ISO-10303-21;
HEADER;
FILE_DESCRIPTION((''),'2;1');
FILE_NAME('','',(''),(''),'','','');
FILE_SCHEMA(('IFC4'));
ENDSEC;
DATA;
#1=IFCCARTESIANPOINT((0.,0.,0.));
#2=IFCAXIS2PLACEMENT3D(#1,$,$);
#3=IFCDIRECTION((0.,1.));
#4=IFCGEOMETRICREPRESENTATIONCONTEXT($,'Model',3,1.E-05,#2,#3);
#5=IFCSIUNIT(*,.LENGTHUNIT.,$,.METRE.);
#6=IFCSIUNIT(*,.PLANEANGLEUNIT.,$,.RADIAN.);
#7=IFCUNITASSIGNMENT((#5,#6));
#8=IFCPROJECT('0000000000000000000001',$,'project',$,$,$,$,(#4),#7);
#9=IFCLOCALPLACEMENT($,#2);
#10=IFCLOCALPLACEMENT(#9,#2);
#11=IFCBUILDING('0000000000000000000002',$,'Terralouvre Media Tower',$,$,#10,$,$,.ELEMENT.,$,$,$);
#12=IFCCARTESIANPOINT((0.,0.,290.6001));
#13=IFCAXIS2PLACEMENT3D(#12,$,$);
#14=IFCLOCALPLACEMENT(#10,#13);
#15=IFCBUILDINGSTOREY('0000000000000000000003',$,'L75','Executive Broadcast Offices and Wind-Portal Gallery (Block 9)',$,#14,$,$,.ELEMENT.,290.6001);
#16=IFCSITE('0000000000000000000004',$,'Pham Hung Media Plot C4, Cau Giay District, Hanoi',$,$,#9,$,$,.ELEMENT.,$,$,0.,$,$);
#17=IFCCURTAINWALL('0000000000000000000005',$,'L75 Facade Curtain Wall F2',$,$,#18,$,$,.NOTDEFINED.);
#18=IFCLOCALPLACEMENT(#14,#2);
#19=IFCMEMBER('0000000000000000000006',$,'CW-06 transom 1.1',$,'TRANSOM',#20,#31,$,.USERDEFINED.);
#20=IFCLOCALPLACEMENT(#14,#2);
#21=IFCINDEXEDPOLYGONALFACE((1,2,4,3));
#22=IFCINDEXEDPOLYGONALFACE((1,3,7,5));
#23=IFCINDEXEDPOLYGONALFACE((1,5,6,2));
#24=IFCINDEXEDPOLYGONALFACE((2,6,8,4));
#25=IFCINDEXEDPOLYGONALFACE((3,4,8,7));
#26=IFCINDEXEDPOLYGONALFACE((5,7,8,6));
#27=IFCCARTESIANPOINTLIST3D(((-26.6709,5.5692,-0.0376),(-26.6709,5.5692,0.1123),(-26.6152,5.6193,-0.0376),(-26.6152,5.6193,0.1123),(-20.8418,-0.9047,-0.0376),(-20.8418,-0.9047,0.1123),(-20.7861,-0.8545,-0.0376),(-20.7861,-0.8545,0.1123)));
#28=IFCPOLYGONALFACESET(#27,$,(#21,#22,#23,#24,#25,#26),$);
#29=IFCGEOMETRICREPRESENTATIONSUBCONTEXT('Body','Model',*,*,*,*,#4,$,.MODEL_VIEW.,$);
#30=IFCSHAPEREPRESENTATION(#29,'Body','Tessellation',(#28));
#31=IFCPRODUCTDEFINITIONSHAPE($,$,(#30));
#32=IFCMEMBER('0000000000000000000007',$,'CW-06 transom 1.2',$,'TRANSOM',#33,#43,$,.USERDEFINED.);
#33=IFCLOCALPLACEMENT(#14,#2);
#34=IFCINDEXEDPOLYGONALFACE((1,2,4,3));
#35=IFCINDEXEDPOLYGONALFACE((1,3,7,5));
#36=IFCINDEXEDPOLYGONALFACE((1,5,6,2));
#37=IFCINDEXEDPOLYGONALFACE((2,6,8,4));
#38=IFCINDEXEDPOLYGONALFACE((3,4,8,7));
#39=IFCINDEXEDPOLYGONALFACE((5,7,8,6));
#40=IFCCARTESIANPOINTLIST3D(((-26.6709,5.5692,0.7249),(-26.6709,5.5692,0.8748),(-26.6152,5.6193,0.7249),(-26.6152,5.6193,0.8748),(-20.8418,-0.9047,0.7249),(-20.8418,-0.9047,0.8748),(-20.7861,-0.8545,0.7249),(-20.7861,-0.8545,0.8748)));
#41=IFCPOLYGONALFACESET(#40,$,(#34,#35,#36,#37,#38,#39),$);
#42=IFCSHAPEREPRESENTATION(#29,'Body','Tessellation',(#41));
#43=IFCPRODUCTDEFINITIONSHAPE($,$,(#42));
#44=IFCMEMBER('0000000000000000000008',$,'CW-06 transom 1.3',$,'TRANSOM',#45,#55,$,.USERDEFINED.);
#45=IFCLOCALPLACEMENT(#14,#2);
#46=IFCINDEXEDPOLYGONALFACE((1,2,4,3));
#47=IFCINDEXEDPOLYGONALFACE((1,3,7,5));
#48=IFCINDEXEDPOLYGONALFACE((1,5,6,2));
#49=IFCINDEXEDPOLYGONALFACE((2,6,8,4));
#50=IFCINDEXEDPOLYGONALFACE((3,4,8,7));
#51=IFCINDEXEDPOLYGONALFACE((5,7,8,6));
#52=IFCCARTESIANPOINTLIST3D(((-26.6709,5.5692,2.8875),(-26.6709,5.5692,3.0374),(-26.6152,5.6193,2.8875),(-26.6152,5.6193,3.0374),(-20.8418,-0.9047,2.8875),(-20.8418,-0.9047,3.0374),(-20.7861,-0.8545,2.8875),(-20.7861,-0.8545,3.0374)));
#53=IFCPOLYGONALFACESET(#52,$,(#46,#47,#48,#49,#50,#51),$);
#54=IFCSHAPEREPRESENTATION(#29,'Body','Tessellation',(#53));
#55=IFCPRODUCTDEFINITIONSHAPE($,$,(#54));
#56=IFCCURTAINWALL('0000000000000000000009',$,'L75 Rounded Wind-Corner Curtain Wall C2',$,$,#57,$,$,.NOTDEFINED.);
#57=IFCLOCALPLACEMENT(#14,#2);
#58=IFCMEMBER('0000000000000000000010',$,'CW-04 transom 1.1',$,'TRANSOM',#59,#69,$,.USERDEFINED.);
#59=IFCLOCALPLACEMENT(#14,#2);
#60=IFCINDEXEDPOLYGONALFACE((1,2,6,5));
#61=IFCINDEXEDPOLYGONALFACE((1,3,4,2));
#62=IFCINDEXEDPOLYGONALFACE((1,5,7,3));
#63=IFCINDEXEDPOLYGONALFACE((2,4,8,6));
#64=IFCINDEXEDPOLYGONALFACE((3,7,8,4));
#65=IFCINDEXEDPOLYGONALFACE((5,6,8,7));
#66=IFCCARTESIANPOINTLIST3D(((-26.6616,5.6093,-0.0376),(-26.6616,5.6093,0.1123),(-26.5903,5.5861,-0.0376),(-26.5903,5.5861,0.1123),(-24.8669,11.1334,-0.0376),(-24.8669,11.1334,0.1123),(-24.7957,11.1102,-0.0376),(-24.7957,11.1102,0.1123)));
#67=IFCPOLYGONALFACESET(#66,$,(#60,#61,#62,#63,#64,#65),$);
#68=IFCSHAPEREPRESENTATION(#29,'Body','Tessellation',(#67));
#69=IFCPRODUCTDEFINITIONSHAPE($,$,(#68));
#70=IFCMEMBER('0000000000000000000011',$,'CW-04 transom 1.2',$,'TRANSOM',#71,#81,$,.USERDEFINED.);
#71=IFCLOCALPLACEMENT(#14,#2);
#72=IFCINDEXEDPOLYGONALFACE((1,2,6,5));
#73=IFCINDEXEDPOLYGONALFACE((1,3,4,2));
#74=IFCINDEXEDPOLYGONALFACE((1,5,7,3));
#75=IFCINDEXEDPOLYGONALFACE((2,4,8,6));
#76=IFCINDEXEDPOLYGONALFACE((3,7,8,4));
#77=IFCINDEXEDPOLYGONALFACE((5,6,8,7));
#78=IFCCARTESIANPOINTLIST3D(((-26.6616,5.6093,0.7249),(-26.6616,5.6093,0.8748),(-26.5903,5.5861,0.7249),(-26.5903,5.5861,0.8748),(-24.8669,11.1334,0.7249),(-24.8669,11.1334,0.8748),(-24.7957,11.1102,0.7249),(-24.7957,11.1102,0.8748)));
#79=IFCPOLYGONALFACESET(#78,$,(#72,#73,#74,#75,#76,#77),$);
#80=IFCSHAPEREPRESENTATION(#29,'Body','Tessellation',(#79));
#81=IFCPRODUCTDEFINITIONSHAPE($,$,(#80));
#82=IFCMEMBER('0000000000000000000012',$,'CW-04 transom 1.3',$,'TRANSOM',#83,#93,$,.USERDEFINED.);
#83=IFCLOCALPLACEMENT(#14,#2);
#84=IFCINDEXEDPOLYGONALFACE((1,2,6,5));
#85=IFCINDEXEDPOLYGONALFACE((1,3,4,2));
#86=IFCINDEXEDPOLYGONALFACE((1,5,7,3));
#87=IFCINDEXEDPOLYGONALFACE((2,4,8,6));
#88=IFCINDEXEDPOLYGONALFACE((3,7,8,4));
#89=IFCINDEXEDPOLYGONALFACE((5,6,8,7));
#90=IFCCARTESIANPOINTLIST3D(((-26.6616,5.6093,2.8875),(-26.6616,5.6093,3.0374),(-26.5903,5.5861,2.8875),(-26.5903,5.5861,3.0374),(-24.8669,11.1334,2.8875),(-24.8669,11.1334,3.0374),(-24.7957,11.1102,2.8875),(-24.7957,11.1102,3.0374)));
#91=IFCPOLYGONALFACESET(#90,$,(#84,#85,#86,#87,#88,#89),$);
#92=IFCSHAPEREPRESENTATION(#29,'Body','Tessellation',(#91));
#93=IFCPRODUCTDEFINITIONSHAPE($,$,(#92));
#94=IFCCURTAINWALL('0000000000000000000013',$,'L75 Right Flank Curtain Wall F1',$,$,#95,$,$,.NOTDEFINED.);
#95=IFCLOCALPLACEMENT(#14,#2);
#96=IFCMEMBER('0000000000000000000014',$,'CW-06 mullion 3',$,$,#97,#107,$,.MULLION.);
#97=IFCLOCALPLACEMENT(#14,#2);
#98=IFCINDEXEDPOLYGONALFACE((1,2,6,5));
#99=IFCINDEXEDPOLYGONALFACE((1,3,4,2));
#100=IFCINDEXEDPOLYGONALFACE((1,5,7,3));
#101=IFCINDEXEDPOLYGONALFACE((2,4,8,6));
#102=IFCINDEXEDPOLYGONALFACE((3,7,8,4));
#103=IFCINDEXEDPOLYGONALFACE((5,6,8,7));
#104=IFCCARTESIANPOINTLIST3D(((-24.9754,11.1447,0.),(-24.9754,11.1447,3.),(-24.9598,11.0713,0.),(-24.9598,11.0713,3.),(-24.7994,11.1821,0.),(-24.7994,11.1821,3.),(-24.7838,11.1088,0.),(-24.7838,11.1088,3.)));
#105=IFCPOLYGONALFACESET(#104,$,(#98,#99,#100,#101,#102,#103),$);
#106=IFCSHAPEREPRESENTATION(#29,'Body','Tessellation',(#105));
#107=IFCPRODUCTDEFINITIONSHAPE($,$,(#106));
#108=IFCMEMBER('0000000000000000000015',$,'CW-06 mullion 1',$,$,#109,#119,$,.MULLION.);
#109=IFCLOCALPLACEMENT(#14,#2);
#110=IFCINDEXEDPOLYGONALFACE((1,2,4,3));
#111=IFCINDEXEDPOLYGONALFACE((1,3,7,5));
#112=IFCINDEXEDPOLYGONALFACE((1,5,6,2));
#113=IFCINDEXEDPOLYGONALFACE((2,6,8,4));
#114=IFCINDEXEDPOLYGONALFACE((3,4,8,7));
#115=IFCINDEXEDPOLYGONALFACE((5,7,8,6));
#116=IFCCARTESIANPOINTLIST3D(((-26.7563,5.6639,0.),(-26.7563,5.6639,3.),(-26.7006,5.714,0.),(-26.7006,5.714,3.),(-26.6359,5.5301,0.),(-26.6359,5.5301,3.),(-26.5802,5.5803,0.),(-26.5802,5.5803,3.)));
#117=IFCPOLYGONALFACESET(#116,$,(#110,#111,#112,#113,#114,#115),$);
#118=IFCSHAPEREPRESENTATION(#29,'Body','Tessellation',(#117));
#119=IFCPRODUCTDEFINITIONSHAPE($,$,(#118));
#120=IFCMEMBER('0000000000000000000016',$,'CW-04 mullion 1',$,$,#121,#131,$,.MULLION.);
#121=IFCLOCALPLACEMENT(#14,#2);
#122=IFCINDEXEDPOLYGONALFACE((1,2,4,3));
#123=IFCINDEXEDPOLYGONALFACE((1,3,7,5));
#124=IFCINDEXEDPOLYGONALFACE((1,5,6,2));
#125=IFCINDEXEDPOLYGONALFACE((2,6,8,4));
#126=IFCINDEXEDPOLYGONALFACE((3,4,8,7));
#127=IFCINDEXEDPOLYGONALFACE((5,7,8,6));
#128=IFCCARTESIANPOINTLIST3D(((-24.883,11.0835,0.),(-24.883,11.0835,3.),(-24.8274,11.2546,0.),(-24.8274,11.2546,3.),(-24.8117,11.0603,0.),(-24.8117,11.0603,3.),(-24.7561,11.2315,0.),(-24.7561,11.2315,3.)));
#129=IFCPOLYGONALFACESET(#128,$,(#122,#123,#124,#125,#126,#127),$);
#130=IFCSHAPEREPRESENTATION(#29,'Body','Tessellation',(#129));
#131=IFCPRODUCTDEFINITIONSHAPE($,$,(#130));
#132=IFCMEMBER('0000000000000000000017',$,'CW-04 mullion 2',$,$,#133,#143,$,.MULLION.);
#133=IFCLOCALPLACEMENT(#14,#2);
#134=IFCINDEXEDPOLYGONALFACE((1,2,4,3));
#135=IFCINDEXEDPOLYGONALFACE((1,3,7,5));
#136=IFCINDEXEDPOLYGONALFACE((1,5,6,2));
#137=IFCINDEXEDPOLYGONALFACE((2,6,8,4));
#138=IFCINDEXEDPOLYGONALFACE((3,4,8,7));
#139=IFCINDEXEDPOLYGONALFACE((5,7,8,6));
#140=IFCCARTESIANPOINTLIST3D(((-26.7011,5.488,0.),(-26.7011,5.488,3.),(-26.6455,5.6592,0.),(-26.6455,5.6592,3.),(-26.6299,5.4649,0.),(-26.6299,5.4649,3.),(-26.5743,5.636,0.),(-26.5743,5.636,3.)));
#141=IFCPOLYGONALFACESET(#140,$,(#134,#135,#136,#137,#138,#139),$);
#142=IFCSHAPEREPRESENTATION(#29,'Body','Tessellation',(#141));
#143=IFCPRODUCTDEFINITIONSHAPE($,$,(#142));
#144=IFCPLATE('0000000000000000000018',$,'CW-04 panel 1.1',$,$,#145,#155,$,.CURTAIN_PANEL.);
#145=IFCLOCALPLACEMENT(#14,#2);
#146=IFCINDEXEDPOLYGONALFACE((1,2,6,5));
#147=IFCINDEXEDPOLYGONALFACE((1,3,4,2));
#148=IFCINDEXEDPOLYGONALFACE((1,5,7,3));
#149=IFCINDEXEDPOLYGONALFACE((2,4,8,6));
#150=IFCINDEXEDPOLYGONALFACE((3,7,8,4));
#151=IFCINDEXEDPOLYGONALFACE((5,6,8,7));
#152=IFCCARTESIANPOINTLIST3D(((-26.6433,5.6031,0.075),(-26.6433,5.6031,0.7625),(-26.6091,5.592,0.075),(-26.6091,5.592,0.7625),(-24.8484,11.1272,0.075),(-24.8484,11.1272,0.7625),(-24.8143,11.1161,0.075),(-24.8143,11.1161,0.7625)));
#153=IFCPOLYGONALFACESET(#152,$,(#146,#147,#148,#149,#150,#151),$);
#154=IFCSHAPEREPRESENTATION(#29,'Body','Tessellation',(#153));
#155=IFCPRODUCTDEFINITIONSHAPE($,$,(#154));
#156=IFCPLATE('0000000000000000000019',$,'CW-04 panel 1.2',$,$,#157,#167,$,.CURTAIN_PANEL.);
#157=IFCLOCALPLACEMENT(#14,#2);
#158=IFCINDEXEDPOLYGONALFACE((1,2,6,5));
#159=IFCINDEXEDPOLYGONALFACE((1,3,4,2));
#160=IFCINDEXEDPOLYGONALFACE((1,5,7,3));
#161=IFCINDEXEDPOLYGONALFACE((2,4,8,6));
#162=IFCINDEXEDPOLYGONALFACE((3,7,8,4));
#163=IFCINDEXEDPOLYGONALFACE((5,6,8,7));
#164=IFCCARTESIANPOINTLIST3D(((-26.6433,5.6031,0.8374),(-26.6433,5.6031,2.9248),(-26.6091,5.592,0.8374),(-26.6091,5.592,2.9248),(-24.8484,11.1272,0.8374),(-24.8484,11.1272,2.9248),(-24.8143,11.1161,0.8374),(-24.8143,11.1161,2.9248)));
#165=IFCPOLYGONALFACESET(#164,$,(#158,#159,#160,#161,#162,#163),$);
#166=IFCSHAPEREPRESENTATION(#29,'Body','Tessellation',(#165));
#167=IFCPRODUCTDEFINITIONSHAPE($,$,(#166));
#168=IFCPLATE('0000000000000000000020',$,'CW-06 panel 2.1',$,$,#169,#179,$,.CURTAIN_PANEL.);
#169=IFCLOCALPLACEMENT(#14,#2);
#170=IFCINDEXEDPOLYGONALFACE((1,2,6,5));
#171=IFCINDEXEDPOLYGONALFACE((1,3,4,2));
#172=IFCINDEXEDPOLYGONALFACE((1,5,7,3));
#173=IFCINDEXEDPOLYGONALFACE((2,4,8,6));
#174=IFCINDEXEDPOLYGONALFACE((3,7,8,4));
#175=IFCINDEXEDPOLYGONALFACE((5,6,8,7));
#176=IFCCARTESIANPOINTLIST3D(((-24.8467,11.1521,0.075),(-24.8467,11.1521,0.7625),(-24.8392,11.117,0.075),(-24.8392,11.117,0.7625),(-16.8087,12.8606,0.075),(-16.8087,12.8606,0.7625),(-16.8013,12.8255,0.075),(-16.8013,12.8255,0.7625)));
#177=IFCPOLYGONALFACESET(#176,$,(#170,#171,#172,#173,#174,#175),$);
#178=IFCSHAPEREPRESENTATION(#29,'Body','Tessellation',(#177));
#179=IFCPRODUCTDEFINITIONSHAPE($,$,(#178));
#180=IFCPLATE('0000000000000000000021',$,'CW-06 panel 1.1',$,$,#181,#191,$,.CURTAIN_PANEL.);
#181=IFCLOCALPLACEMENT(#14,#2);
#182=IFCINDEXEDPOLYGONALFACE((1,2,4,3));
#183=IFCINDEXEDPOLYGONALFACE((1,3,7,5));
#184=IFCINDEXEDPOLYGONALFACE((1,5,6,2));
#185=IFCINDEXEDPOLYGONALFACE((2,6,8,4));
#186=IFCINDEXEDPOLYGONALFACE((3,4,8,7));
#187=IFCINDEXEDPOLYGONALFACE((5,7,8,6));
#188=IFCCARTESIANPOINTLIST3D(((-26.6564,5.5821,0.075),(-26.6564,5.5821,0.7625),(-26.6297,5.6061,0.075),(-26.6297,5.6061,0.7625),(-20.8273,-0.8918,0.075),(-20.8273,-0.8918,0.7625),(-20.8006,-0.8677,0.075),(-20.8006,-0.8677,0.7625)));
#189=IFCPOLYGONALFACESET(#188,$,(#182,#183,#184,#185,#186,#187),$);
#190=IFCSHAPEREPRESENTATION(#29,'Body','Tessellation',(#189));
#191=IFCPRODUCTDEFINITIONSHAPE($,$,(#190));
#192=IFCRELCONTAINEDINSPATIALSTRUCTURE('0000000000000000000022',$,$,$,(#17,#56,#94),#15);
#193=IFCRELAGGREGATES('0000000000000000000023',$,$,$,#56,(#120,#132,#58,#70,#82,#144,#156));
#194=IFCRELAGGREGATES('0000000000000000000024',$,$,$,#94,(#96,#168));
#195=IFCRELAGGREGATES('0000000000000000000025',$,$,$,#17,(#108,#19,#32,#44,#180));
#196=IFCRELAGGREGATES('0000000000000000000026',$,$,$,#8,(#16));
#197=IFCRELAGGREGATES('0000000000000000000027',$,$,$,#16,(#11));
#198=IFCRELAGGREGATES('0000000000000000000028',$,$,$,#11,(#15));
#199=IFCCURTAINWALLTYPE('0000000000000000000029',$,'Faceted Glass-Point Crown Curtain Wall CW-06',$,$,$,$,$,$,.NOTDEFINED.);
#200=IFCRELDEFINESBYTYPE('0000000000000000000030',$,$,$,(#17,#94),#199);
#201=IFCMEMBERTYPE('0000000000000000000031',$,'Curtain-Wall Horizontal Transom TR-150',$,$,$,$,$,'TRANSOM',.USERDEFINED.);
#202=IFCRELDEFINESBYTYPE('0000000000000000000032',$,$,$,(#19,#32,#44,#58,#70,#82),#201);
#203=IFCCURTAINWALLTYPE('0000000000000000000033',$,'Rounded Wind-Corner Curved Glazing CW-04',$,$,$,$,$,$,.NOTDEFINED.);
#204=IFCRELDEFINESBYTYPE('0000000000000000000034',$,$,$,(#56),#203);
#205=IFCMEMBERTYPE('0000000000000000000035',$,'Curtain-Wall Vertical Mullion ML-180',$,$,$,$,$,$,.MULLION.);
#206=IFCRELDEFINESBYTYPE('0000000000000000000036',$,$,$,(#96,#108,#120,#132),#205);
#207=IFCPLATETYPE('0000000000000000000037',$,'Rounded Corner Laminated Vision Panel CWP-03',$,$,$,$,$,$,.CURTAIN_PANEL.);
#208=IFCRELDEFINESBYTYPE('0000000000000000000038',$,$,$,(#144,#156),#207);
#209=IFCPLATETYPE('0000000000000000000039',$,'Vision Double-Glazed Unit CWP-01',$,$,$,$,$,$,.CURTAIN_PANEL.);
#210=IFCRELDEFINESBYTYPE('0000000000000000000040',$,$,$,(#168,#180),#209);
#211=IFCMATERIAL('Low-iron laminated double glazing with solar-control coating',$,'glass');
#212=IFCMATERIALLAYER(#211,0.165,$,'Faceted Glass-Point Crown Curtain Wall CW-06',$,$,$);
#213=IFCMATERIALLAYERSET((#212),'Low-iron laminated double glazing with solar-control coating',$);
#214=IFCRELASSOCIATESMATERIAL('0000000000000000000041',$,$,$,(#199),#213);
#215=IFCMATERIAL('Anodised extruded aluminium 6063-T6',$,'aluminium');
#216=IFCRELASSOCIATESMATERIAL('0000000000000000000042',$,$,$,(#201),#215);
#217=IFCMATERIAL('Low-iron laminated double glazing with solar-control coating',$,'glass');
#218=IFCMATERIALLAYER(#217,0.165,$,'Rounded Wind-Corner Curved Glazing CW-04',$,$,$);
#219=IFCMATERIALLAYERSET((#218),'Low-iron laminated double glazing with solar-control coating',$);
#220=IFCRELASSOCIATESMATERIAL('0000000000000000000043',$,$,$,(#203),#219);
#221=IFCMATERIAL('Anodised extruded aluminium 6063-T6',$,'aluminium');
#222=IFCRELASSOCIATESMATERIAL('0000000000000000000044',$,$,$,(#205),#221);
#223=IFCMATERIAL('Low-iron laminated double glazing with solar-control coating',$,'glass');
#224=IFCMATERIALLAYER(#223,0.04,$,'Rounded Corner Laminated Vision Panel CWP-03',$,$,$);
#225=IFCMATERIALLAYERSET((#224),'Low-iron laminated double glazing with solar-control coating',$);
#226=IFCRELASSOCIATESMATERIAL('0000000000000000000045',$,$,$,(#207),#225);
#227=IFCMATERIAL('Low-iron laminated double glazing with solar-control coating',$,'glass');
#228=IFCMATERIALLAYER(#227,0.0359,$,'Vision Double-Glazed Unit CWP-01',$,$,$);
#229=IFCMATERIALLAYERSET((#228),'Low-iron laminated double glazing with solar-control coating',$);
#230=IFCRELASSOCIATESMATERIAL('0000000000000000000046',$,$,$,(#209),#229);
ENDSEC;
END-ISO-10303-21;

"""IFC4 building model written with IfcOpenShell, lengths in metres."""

from ifc_helpers import new_model, si_unit, direction, frame, origin, origin_2d, place, context, subcontext, project, spatial, rectangle, extrude, material, layer, layer_set, material_profile, profile_set, type_object, element, aggregate, save


model = new_model("IFC4")

# Units and contexts
model_context = context("Model", 3, precision=1e-05, world=origin(), true_north=direction((0.0, 1.0)))
body_context = subcontext(model_context, "Body", "Model", "MODEL_VIEW")
ifc_project = project(units=[si_unit("LENGTHUNIT", "METRE"), si_unit("PLANEANGLEUNIT", "RADIAN")], contexts=[model_context])

# Site, building, storey
site_placement = place(None, origin())
site = spatial("IfcSite", under=ifc_project, at=site_placement, Name="Pham Hung Media Plot C4, Cau Giay District, Hanoi", CompositionType="ELEMENT", RefElevation=0.0)
building_placement = place(site_placement, origin())
building = spatial("IfcBuilding", under=site, at=building_placement, Name="Terralouvre Media Tower", CompositionType="ELEMENT")
storey_placement = place(building_placement, frame((0.0, 0.0, 290.6001)))
storey = spatial("IfcBuildingStorey", under=building, at=storey_placement, Name="L75", Description="Executive Broadcast Offices and Wind-Portal Gallery (Block 9)", CompositionType="ELEMENT", Elevation=290.6001)

# Curtain walls, members
ifc_material_1 = material(Name="Low-iron laminated double glazing with solar-control coating", Category="glass")
ifc_layer_1 = layer(ifc_material_1, 0.165, Name="Faceted Glass-Point Crown Curtain Wall CW-06")
ifc_layer_set_1 = layer_set([ifc_layer_1], Name="Low-iron laminated double glazing with solar-control coating")
curtain_wall_type_1 = type_object("IfcCurtainWallType", Name="Faceted Glass-Point Crown Curtain Wall CW-06", PredefinedType="NOTDEFINED", material=ifc_layer_set_1)
curtain_wall_1_placement = place(storey_placement, origin())
curtain_wall_1 = element("IfcCurtainWall", 1, at=curtain_wall_1_placement, inside=storey, type_object=curtain_wall_type_1, Name="L75 Facade Curtain Wall F2", PredefinedType="NOTDEFINED")
ifc_material_2 = material(Name="Anodised extruded aluminium 6063-T6", Category="aluminium")
ifc_material_profile_1 = material_profile(ifc_material_2, rectangle(XDim=0.075, YDim=0.1499, at=origin_2d()), Name="ALU 75x150")
ifc_profile_set_1 = profile_set([ifc_material_profile_1], Name="Anodised extruded aluminium 6063-T6")
member_type_1 = type_object("IfcMemberType", Name="Curtain-Wall Horizontal Transom TR-150", ElementType="TRANSOM", PredefinedType="USERDEFINED", material=ifc_profile_set_1)
member_1_placement = place(storey_placement, frame((-26.6431, 5.5942, 0.0374), z_axis=(0.66913, -0.743145, 0.0), x_axis=(0.743145, 0.66913, 0.0)))
member_1 = element("IfcMember", 2, at=member_1_placement, type_object=member_type_1, Name="CW-06 transom 1.1", ObjectType="TRANSOM", PredefinedType="USERDEFINED", context=body_context, shape_type="SweptSolid", body=[
    extrude(rectangle(XDim=0.075, YDim=0.1499, at=origin_2d()), origin(), (0.0, 0.0, 1.0), 8.7114),
])
member_2_placement = place(storey_placement, frame((-26.6431, 5.5942, 0.7998), z_axis=(0.66913, -0.743145, 0.0), x_axis=(0.743145, 0.66913, 0.0)))
member_2 = element("IfcMember", 3, at=member_2_placement, type_object=member_type_1, Name="CW-06 transom 1.2", ObjectType="TRANSOM", PredefinedType="USERDEFINED", context=body_context, shape_type="SweptSolid", body=[
    extrude(rectangle(XDim=0.075, YDim=0.1499, at=origin_2d()), origin(), (0.0, 0.0, 1.0), 8.7114),
])
member_3_placement = place(storey_placement, frame((-26.6431, 5.5942, 2.9624), z_axis=(0.66913, -0.743145, 0.0), x_axis=(0.743145, 0.66913, 0.0)))
member_3 = element("IfcMember", 4, at=member_3_placement, type_object=member_type_1, Name="CW-06 transom 1.3", ObjectType="TRANSOM", PredefinedType="USERDEFINED", context=body_context, shape_type="SweptSolid", body=[
    extrude(rectangle(XDim=0.075, YDim=0.1499, at=origin_2d()), origin(), (0.0, 0.0, 1.0), 8.7114),
])
ifc_material_3 = material(Name="Low-iron laminated double glazing with solar-control coating", Category="glass")
ifc_layer_2 = layer(ifc_material_3, 0.165, Name="Rounded Wind-Corner Curved Glazing CW-04")
ifc_layer_set_2 = layer_set([ifc_layer_2], Name="Low-iron laminated double glazing with solar-control coating")
curtain_wall_type_2 = type_object("IfcCurtainWallType", Name="Rounded Wind-Corner Curved Glazing CW-04", PredefinedType="NOTDEFINED", material=ifc_layer_set_2)
curtain_wall_2_placement = place(storey_placement, origin())
curtain_wall_2 = element("IfcCurtainWall", 5, at=curtain_wall_2_placement, inside=storey, type_object=curtain_wall_type_2, Name="L75 Rounded Wind-Corner Curtain Wall C2", PredefinedType="NOTDEFINED")
member_4_placement = place(storey_placement, frame((-24.8313, 11.1218, 0.0374), z_axis=(-0.308981, -0.951068, 0.0), x_axis=(0.951068, -0.308981, 0.0)))
member_4 = element("IfcMember", 6, at=member_4_placement, type_object=member_type_1, Name="CW-04 transom 1.1", ObjectType="TRANSOM", PredefinedType="USERDEFINED", context=body_context, shape_type="SweptSolid", body=[
    extrude(rectangle(XDim=0.075, YDim=0.1499, at=origin_2d()), origin(), (0.0, 0.0, 1.0), 5.8083),
])
member_5_placement = place(storey_placement, frame((-24.8313, 11.1218, 0.7998), z_axis=(-0.308981, -0.951068, 0.0), x_axis=(0.951068, -0.308981, 0.0)))
member_5 = element("IfcMember", 7, at=member_5_placement, type_object=member_type_1, Name="CW-04 transom 1.2", ObjectType="TRANSOM", PredefinedType="USERDEFINED", context=body_context, shape_type="SweptSolid", body=[
    extrude(rectangle(XDim=0.075, YDim=0.1499, at=origin_2d()), origin(), (0.0, 0.0, 1.0), 5.8083),
])
member_6_placement = place(storey_placement, frame((-24.8313, 11.1218, 2.9624), z_axis=(-0.308981, -0.951068, 0.0), x_axis=(0.951068, -0.308981, 0.0)))
member_6 = element("IfcMember", 8, at=member_6_placement, type_object=member_type_1, Name="CW-04 transom 1.3", ObjectType="TRANSOM", PredefinedType="USERDEFINED", context=body_context, shape_type="SweptSolid", body=[
    extrude(rectangle(XDim=0.075, YDim=0.1499, at=origin_2d()), origin(), (0.0, 0.0, 1.0), 5.8083),
])

# Curtain wall, member
curtain_wall_3_placement = place(storey_placement, origin())
curtain_wall_3 = element("IfcCurtainWall", 9, at=curtain_wall_3_placement, inside=storey, type_object=curtain_wall_type_1, Name="L75 Right Flank Curtain Wall F1", PredefinedType="NOTDEFINED")
ifc_material_4 = material(Name="Anodised extruded aluminium 6063-T6", Category="aluminium")
ifc_material_profile_2 = material_profile(ifc_material_4, rectangle(XDim=0.075, YDim=0.1799, at=origin_2d()), Name="ALU 75x180")
ifc_profile_set_2 = profile_set([ifc_material_profile_2], Name="Anodised extruded aluminium 6063-T6")
member_type_2 = type_object("IfcMemberType", Name="Curtain-Wall Vertical Mullion ML-180", PredefinedType="MULLION", material=ifc_profile_set_2)
member_7_placement = place(storey_placement, frame((-24.8796, 11.1267, 0.0), z_axis=(0.0, 0.0, 1.0), x_axis=(0.207911, -0.978148, 0.0)))
member_7 = element("IfcMember", 10, at=member_7_placement, type_object=member_type_2, Name="CW-06 mullion 3", PredefinedType="MULLION", context=body_context, shape_type="SweptSolid", body=[
    extrude(rectangle(XDim=0.075, YDim=0.1799, at=origin_2d()), origin(), (0.0, 0.0, 1.0), 3.0),
])

# Members
member_8_placement = place(storey_placement, frame((-26.6682, 5.6221, 0.0), z_axis=(0.0, 0.0, 1.0), x_axis=(0.743145, 0.669131, 0.0)))
member_8 = element("IfcMember", 11, at=member_8_placement, type_object=member_type_2, Name="CW-06 mullion 1", PredefinedType="MULLION", context=body_context, shape_type="SweptSolid", body=[
    extrude(rectangle(XDim=0.075, YDim=0.1799, at=origin_2d()), origin(), (0.0, 0.0, 1.0), 3.0),
])
member_9_placement = place(storey_placement, frame((-24.8196, 11.1575, 0.0), z_axis=(0.0, 0.0, 1.0), x_axis=(0.951057, -0.309017, 0.0)))
member_9 = element("IfcMember", 12, at=member_9_placement, type_object=member_type_2, Name="CW-04 mullion 1", PredefinedType="MULLION", context=body_context, shape_type="SweptSolid", body=[
    extrude(rectangle(XDim=0.075, YDim=0.1799, at=origin_2d()), origin(), (0.0, 0.0, 1.0), 3.0),
])
member_10_placement = place(storey_placement, frame((-26.6377, 5.562, 0.0), z_axis=(0.0, 0.0, 1.0), x_axis=(0.951057, -0.309017, 0.0)))
member_10 = element("IfcMember", 13, at=member_10_placement, type_object=member_type_2, Name="CW-04 mullion 2", PredefinedType="MULLION", context=body_context, shape_type="SweptSolid", body=[
    extrude(rectangle(XDim=0.075, YDim=0.1799, at=origin_2d()), origin(), (0.0, 0.0, 1.0), 3.0),
])

# Plates
ifc_material_5 = material(Name="Low-iron laminated double glazing with solar-control coating", Category="glass")
ifc_layer_3 = layer(ifc_material_5, 0.04, Name="Rounded Corner Laminated Vision Panel CWP-03")
ifc_layer_set_3 = layer_set([ifc_layer_3], Name="Low-iron laminated double glazing with solar-control coating")
plate_type_1 = type_object("IfcPlateType", Name="Rounded Corner Laminated Vision Panel CWP-03", PredefinedType="CURTAIN_PANEL", material=ifc_layer_set_3)
plate_1_placement = place(storey_placement, frame((-25.7288, 8.3596, 0.075), z_axis=(0.0, 0.0, 1.0), x_axis=(-0.309017, -0.951057, 0.0)))
plate_1 = element("IfcPlate", 14, at=plate_1_placement, type_object=plate_type_1, Name="CW-04 panel 1.1", PredefinedType="CURTAIN_PANEL", context=body_context, shape_type="SweptSolid", body=[
    extrude(rectangle(XDim=5.8083, YDim=0.0359, at=origin_2d()), origin(), (0.0, 0.0, 1.0), 0.6875),
])
plate_2_placement = place(storey_placement, frame((-25.7288, 8.3596, 0.8374), z_axis=(0.0, 0.0, 1.0), x_axis=(-0.309017, -0.951057, 0.0)))
plate_2 = element("IfcPlate", 15, at=plate_2_placement, type_object=plate_type_1, Name="CW-04 panel 1.2", PredefinedType="CURTAIN_PANEL", context=body_context, shape_type="SweptSolid", body=[
    extrude(rectangle(XDim=5.8083, YDim=0.0359, at=origin_2d()), origin(), (0.0, 0.0, 1.0), 2.0874),
])
aggregate(curtain_wall_2, [member_9, member_10, member_4, member_5, member_6, plate_1, plate_2])
ifc_material_6 = material(Name="Low-iron laminated double glazing with solar-control coating", Category="glass")
ifc_layer_4 = layer(ifc_material_6, 0.0359, Name="Vision Double-Glazed Unit CWP-01")
ifc_layer_set_4 = layer_set([ifc_layer_4], Name="Low-iron laminated double glazing with solar-control coating")
plate_type_2 = type_object("IfcPlateType", Name="Vision Double-Glazed Unit CWP-01", PredefinedType="CURTAIN_PANEL", material=ifc_layer_set_4)
plate_3_placement = place(storey_placement, frame((-20.824, 11.9888, 0.075), z_axis=(0.0, 0.0, 1.0), x_axis=(-0.978148, -0.207911, 0.0)))
plate_3 = element("IfcPlate", 16, at=plate_3_placement, type_object=plate_type_2, Name="CW-06 panel 2.1", PredefinedType="CURTAIN_PANEL", context=body_context, shape_type="SweptSolid", body=[
    extrude(rectangle(XDim=8.2175, YDim=0.0359, at=origin_2d()), origin(), (0.0, 0.0, 1.0), 0.6875),
])
aggregate(curtain_wall_3, [member_7, plate_3])
plate_4_placement = place(storey_placement, frame((-23.7285, 2.3572, 0.075), z_axis=(0.0, 0.0, 1.0), x_axis=(0.669131, -0.743145, 0.0)))
plate_4 = element("IfcPlate", 17, at=plate_4_placement, type_object=plate_type_2, Name="CW-06 panel 1.1", PredefinedType="CURTAIN_PANEL", context=body_context, shape_type="SweptSolid", body=[
    extrude(rectangle(XDim=8.7114, YDim=0.0359, at=origin_2d()), origin(), (0.0, 0.0, 1.0), 0.6875),
])
aggregate(curtain_wall_1, [member_8, member_1, member_2, member_3, plate_4])

save(model, "model.ifc")
